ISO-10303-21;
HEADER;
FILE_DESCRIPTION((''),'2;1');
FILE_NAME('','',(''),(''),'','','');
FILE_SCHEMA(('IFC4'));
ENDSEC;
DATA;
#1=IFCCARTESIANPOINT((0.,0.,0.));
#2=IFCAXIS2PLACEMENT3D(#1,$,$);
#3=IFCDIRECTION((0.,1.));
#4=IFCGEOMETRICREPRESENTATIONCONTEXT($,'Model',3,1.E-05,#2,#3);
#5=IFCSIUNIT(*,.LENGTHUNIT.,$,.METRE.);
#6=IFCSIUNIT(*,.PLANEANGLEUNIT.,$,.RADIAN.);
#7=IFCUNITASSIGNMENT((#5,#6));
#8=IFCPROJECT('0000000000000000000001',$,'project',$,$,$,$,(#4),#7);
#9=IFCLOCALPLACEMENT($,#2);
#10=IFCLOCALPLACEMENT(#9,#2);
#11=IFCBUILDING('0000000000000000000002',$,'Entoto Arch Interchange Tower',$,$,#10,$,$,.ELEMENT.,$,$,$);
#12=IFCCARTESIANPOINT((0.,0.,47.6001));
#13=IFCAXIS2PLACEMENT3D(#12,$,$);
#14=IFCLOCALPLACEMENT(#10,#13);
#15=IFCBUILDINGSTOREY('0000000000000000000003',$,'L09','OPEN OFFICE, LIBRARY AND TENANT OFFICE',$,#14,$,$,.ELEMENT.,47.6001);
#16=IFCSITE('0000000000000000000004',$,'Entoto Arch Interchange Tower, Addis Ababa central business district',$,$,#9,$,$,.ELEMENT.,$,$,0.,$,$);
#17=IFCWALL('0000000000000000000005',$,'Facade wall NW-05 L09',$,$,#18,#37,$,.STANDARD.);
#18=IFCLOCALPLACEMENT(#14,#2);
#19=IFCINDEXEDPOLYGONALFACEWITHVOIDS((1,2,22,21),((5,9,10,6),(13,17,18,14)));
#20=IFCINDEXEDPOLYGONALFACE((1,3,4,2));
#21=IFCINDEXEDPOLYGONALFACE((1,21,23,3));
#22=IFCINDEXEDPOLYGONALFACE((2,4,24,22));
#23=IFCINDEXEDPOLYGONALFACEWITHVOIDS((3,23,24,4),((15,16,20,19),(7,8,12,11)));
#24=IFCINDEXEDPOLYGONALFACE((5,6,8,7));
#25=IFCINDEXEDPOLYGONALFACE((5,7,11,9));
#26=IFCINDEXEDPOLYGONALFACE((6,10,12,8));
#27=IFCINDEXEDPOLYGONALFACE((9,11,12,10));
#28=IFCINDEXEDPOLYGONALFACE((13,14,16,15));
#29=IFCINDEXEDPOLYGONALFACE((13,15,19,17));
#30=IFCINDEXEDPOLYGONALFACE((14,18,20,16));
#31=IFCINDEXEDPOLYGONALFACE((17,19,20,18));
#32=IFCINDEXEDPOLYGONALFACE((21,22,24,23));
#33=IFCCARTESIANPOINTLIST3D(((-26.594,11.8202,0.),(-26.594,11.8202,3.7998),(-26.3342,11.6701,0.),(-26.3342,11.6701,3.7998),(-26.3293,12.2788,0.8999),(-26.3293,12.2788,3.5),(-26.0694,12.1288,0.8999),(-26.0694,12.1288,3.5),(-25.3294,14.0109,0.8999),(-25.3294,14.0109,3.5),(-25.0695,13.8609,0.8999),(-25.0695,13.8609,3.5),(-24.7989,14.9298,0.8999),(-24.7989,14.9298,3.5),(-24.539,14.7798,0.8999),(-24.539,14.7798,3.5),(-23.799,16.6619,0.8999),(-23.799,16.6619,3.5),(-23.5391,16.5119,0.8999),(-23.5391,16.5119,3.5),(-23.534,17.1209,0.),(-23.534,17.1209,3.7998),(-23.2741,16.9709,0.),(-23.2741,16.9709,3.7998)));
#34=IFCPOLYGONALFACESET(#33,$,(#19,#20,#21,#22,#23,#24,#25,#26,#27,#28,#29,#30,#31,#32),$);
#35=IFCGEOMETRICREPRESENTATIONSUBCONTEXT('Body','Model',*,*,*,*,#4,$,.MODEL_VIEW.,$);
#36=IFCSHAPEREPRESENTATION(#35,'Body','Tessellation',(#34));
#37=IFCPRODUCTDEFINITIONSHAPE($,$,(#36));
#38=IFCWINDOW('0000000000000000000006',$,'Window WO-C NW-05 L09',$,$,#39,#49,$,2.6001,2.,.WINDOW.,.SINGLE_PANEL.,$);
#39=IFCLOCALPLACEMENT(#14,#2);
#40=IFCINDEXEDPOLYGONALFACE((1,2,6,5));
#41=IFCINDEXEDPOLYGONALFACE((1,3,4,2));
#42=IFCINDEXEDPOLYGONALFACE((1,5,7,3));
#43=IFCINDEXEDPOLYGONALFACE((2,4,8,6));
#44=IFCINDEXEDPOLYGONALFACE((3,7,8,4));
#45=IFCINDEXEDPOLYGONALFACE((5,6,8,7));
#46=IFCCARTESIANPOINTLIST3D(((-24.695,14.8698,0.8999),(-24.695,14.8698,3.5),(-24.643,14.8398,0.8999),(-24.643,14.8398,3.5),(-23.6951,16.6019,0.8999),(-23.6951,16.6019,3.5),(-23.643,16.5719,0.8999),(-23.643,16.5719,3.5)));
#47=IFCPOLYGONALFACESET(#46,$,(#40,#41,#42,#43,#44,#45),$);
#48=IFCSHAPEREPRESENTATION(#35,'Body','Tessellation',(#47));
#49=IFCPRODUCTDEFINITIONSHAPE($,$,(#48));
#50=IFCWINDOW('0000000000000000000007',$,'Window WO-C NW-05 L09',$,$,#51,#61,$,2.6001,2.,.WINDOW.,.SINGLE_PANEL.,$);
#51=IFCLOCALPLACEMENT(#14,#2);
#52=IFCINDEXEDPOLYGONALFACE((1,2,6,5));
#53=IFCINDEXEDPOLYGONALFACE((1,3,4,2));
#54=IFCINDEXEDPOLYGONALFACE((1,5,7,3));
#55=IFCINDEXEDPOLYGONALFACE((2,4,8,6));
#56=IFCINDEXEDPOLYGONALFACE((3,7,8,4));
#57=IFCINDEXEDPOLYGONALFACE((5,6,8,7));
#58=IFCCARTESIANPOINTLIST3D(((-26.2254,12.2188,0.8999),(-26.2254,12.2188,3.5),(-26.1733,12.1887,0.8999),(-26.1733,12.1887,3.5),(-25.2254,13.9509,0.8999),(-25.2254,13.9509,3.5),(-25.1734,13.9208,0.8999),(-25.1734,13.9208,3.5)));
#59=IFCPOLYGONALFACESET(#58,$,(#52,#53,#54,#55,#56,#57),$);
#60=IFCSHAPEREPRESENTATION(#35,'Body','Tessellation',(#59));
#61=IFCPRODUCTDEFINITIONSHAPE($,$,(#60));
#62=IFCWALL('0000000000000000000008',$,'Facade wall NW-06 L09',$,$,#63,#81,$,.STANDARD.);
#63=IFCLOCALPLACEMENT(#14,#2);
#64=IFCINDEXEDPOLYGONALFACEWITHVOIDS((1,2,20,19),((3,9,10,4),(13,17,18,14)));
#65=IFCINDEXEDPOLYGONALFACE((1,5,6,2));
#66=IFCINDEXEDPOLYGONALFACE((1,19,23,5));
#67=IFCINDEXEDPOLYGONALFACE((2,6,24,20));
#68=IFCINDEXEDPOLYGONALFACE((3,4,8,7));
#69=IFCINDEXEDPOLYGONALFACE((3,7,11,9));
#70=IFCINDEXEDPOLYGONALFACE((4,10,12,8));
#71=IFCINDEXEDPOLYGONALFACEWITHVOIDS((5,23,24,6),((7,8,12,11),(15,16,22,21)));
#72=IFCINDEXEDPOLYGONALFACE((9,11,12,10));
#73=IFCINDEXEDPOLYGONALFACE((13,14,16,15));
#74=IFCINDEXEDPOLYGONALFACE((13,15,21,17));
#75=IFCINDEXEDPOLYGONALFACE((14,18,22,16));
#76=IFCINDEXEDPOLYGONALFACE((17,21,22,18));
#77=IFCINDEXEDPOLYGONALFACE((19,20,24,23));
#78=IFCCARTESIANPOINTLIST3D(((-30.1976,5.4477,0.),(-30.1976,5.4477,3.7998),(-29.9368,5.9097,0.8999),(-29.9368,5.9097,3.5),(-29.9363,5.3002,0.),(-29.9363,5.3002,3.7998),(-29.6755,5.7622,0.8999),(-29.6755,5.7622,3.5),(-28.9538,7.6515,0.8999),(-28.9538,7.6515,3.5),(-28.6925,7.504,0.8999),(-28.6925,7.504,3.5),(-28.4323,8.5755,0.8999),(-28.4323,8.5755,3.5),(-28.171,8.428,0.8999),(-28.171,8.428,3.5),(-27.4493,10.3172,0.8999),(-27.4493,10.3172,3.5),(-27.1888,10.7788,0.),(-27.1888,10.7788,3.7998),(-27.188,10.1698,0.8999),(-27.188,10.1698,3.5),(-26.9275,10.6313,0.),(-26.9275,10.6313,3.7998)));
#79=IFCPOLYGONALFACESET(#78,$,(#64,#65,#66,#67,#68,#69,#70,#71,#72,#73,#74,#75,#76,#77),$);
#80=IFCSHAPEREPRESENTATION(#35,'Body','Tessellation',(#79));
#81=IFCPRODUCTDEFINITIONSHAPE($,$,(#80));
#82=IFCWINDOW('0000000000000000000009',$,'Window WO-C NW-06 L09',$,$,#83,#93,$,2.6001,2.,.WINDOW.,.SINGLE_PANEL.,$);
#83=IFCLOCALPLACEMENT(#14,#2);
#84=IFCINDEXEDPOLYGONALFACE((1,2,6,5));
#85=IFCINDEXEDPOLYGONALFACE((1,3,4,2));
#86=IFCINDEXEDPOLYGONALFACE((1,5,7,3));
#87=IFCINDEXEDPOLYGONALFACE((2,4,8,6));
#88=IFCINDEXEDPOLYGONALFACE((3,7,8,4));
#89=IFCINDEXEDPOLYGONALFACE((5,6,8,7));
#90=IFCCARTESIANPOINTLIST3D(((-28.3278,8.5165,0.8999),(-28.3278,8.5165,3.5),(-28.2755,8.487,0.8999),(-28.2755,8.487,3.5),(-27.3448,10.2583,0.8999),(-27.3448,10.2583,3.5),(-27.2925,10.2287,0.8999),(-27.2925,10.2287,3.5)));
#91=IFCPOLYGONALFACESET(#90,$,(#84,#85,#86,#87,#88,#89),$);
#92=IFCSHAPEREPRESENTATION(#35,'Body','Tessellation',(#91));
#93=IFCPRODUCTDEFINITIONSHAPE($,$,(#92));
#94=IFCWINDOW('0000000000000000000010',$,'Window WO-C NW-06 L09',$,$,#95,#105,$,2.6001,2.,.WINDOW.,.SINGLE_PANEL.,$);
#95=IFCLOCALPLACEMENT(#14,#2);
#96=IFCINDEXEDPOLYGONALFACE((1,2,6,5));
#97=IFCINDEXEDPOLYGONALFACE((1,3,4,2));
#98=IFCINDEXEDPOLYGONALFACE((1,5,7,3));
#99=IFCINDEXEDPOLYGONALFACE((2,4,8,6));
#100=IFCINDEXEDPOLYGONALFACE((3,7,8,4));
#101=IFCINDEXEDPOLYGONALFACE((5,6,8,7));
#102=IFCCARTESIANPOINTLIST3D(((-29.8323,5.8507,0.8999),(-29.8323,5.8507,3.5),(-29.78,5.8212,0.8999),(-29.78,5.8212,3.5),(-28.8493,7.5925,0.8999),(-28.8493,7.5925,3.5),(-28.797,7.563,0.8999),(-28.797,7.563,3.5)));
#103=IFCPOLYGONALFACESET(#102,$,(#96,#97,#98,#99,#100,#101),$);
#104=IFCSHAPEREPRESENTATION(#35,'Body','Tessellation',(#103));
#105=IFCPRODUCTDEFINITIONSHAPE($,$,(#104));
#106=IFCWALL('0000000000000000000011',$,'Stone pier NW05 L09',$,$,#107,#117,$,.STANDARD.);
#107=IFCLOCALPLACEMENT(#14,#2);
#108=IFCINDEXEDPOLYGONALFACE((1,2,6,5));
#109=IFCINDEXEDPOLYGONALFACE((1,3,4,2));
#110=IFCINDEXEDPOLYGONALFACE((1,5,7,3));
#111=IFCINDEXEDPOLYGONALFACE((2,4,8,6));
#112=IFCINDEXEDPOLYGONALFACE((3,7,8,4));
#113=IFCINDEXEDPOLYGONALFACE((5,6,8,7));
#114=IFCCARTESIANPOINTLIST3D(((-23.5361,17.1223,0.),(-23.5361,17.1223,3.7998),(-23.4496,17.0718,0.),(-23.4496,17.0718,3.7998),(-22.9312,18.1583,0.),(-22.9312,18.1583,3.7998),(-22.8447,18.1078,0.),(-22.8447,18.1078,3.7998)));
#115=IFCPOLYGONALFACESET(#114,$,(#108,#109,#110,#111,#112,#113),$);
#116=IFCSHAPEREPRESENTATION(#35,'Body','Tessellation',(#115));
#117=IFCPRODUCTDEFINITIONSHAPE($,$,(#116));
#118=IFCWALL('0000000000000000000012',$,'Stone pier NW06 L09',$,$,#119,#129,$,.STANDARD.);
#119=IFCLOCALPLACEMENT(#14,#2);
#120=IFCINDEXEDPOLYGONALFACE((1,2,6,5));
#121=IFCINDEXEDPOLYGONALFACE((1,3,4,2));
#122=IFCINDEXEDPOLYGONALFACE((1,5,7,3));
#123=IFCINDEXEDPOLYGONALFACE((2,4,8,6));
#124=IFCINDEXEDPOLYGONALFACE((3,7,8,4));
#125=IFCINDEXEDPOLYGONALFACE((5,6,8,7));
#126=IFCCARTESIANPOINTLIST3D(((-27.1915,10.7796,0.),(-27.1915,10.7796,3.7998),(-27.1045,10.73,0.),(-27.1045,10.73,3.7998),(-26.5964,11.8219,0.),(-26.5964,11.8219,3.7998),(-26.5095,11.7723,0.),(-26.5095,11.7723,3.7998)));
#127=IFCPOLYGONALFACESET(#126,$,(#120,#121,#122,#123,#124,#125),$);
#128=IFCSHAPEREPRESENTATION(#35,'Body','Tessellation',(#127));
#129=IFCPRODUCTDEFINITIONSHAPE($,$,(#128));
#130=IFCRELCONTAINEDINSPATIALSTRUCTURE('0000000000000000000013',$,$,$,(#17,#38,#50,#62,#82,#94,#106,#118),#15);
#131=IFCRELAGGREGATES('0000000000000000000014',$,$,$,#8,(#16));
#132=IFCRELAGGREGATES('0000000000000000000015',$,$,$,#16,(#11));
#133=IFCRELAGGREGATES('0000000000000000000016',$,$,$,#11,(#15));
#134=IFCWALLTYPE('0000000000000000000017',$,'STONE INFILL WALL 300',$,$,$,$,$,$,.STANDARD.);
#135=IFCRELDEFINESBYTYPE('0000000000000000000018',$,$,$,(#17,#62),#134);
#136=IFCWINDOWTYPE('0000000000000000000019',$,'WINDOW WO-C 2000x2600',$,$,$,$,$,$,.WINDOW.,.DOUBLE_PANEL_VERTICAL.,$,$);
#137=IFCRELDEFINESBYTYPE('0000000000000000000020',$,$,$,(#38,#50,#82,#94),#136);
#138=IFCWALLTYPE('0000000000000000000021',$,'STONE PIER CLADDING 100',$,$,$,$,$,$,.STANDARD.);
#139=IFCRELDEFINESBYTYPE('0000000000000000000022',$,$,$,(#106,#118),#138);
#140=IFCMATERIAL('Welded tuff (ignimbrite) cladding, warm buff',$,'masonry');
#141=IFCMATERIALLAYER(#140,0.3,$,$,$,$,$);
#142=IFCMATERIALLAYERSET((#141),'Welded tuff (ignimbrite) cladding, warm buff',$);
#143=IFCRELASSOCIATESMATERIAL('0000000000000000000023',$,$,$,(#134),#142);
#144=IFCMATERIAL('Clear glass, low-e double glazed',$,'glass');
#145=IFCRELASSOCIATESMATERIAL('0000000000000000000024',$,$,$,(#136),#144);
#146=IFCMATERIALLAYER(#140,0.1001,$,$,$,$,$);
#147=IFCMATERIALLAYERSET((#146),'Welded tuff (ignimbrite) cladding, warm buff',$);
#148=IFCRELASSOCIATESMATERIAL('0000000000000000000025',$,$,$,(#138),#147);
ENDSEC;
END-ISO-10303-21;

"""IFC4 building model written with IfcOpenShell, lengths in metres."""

from ifc_helpers import new_model, si_unit, direction, frame, frame_2d, origin, place, context, subcontext, project, spatial, rectangle, extrude, material, layer, layer_set, type_object, element, fill, save


model = new_model("IFC4")

# Units and contexts
model_context = context("Model", 3, precision=1e-05, world=origin(), true_north=direction((0.0, 1.0)))
body_context = subcontext(model_context, "Body", "Model", "MODEL_VIEW")
ifc_project = project(units=[si_unit("LENGTHUNIT", "METRE"), si_unit("PLANEANGLEUNIT", "RADIAN")], contexts=[model_context])

# Site, building, storey
site_placement = place(None, origin())
site = spatial("IfcSite", under=ifc_project, at=site_placement, Name="Entoto Arch Interchange Tower, Addis Ababa central business district", CompositionType="ELEMENT", RefElevation=0.0)
building_placement = place(site_placement, origin())
building = spatial("IfcBuilding", under=site, at=building_placement, Name="Entoto Arch Interchange Tower", CompositionType="ELEMENT")
storey_placement = place(building_placement, frame((0.0, 0.0, 47.6001)))
storey = spatial("IfcBuildingStorey", under=building, at=storey_placement, Name="L09", Description="OPEN OFFICE, LIBRARY AND TENANT OFFICE", CompositionType="ELEMENT", Elevation=47.6001)

# Walls, openings, windows
ifc_material_1 = material(Name="Welded tuff (ignimbrite) cladding, warm buff", Category="masonry")
ifc_layer_1 = layer(ifc_material_1, 0.3)
ifc_layer_set_1 = layer_set([ifc_layer_1], Name="Welded tuff (ignimbrite) cladding, warm buff")
wall_type_1 = type_object("IfcWallType", Name="STONE INFILL WALL 300", PredefinedType="STANDARD", material=ifc_layer_set_1)
wall_1_placement = place(storey_placement, frame((-23.4041, 17.0459, 0.0), z_axis=(0.0, 0.0, 1.0), x_axis=(-0.499957, -0.86605, 0.0)))
wall_1 = element("IfcWall", 1, at=wall_1_placement, inside=storey, type_object=wall_type_1, Name="Facade wall NW-05 L09", PredefinedType="STANDARD", context=body_context, shape_type="SweptSolid", body=[
    extrude(rectangle(XDim=6.1206, YDim=0.3, at=frame_2d((3.0603, 0.0))), origin(), (0.0, 0.0, 1.0), 3.7998),
])
opening_1_placement = place(wall_1_placement, frame((0.53, 0.0, 0.8999)))
opening_1 = element("IfcOpeningElement", 2, at=opening_1_placement, cuts=wall_1, PredefinedType="OPENING", context=body_context, shape_type="SweptSolid", body=[
    extrude(rectangle(XDim=2.0, YDim=2.6001, at=frame_2d((1.0, 1.3))), frame((0.0, 0.1602, 0.0), z_axis=(0.0, -1.0, 0.0), x_axis=(1.0, 0.0, 0.0)), (0.0, 0.0, 1.0), 0.3201),
])
opening_2_placement = place(wall_1_placement, frame((3.5911, 0.0, 0.8999)))
opening_2 = element("IfcOpeningElement", 3, at=opening_2_placement, cuts=wall_1, PredefinedType="OPENING", context=body_context, shape_type="SweptSolid", body=[
    extrude(rectangle(XDim=2.0, YDim=2.6001, at=frame_2d((1.0, 1.3))), frame((0.0, 0.1602, 0.0), z_axis=(0.0, -1.0, 0.0), x_axis=(1.0, 0.0, 0.0)), (0.0, 0.0, 1.0), 0.3201),
])
ifc_material_2 = material(Name="Clear glass, low-e double glazed", Category="glass")
window_type = type_object("IfcWindowType", Name="WINDOW WO-C 2000x2600", PartitioningType="DOUBLE_PANEL_VERTICAL", PredefinedType="WINDOW", material=ifc_material_2)
window_1_placement = place(opening_1_placement, origin())
window_1 = element("IfcWindow", 4, at=window_1_placement, inside=storey, type_object=window_type, Name="Window WO-C NW-05 L09", OverallHeight=2.6001, OverallWidth=2.0, PartitioningType="SINGLE_PANEL", PredefinedType="WINDOW", context=body_context, shape_type="SweptSolid", body=[
    extrude(rectangle(XDim=2.0, YDim=2.6001, at=frame_2d((1.0, 1.3))), frame((0.0, 0.03, 0.0), z_axis=(0.0, -1.0, 0.0), x_axis=(1.0, 0.0, 0.0)), (0.0, 0.0, 1.0), 0.0601),
])
fill(opening_1, window_1)
window_2_placement = place(opening_2_placement, origin())
window_2 = element("IfcWindow", 5, at=window_2_placement, inside=storey, type_object=window_type, Name="Window WO-C NW-05 L09", OverallHeight=2.6001, OverallWidth=2.0, PartitioningType="SINGLE_PANEL", PredefinedType="WINDOW", context=body_context, shape_type="SweptSolid", body=[
    extrude(rectangle(XDim=2.0, YDim=2.6001, at=frame_2d((1.0, 1.3))), frame((0.0, 0.03, 0.0), z_axis=(0.0, -1.0, 0.0), x_axis=(1.0, 0.0, 0.0)), (0.0, 0.0, 1.0), 0.0601),
])
fill(opening_2, window_2)
wall_2_placement = place(storey_placement, frame((-27.0581, 10.7051, 0.0), z_axis=(0.0, 0.0, 1.0), x_axis=(-0.49151, -0.870872, 0.0)))
wall_2 = element("IfcWall", 6, at=wall_2_placement, inside=storey, type_object=wall_type_1, Name="Facade wall NW-06 L09", PredefinedType="STANDARD", context=body_context, shape_type="SweptSolid", body=[
    extrude(rectangle(XDim=6.1216, YDim=0.3, at=frame_2d((3.0608, 0.0))), origin(), (0.0, 0.0, 1.0), 3.7998),
])
opening_3_placement = place(wall_2_placement, frame((0.53, 0.0, 0.8999)))
opening_3 = element("IfcOpeningElement", 7, at=opening_3_placement, cuts=wall_2, PredefinedType="OPENING", context=body_context, shape_type="SweptSolid", body=[
    extrude(rectangle(XDim=2.0, YDim=2.6001, at=frame_2d((1.0, 1.3))), frame((0.0, 0.1602, 0.0), z_axis=(0.0, -1.0, 0.0), x_axis=(1.0, 0.0, 0.0)), (0.0, 0.0, 1.0), 0.3201),
])
opening_4_placement = place(wall_2_placement, frame((3.5911, 0.0, 0.8999)))
opening_4 = element("IfcOpeningElement", 8, at=opening_4_placement, cuts=wall_2, PredefinedType="OPENING", context=body_context, shape_type="SweptSolid", body=[
    extrude(rectangle(XDim=2.0, YDim=2.6001, at=frame_2d((1.0, 1.3))), frame((0.0, 0.1602, 0.0), z_axis=(0.0, -1.0, 0.0), x_axis=(1.0, 0.0, 0.0)), (0.0, 0.0, 1.0), 0.3201),
])
window_3_placement = place(opening_3_placement, origin())
window_3 = element("IfcWindow", 9, at=window_3_placement, inside=storey, type_object=window_type, Name="Window WO-C NW-06 L09", OverallHeight=2.6001, OverallWidth=2.0, PartitioningType="SINGLE_PANEL", PredefinedType="WINDOW", context=body_context, shape_type="SweptSolid", body=[
    extrude(rectangle(XDim=2.0, YDim=2.6001, at=frame_2d((1.0, 1.3))), frame((0.0, 0.03, 0.0), z_axis=(0.0, -1.0, 0.0), x_axis=(1.0, 0.0, 0.0)), (0.0, 0.0, 1.0), 0.0601),
])
fill(opening_3, window_3)
window_4_placement = place(opening_4_placement, origin())
window_4 = element("IfcWindow", 10, at=window_4_placement, inside=storey, type_object=window_type, Name="Window WO-C NW-06 L09", OverallHeight=2.6001, OverallWidth=2.0, PartitioningType="SINGLE_PANEL", PredefinedType="WINDOW", context=body_context, shape_type="SweptSolid", body=[
    extrude(rectangle(XDim=2.0, YDim=2.6001, at=frame_2d((1.0, 1.3))), frame((0.0, 0.03, 0.0), z_axis=(0.0, -1.0, 0.0), x_axis=(1.0, 0.0, 0.0)), (0.0, 0.0, 1.0), 0.0601),
])
fill(opening_4, window_4)

# Walls
ifc_layer_2 = layer(ifc_material_1, 0.1001)
ifc_layer_set_2 = layer_set([ifc_layer_2], Name="Welded tuff (ignimbrite) cladding, warm buff")
wall_type_2 = type_object("IfcWallType", Name="STONE PIER CLADDING 100", PredefinedType="STANDARD", material=ifc_layer_set_2)
wall_3_placement = place(storey_placement, frame((-22.8879, 18.1331, 0.0), z_axis=(0.0, 0.0, 1.0), x_axis=(-0.504225, -0.863572, 0.0)))
element("IfcWall", 11, at=wall_3_placement, inside=storey, type_object=wall_type_2, Name="Stone pier NW05 L09", PredefinedType="STANDARD", context=body_context, shape_type="SweptSolid", body=[
    extrude(rectangle(XDim=1.1997, YDim=0.1001, at=frame_2d((0.5999, 0.0))), origin(), (0.0, 0.0, 1.0), 3.7998),
])
wall_4_placement = place(storey_placement, frame((-26.553, 11.7971, 0.0), z_axis=(0.0, 0.0, 1.0), x_axis=(-0.495766, -0.868456, 0.0)))
element("IfcWall", 12, at=wall_4_placement, inside=storey, type_object=wall_type_2, Name="Stone pier NW06 L09", PredefinedType="STANDARD", context=body_context, shape_type="SweptSolid", body=[
    extrude(rectangle(XDim=1.2002, YDim=0.1001, at=frame_2d((0.6001, 0.0))), origin(), (0.0, 0.0, 1.0), 3.7998),
])

save(model, "model.ifc")
